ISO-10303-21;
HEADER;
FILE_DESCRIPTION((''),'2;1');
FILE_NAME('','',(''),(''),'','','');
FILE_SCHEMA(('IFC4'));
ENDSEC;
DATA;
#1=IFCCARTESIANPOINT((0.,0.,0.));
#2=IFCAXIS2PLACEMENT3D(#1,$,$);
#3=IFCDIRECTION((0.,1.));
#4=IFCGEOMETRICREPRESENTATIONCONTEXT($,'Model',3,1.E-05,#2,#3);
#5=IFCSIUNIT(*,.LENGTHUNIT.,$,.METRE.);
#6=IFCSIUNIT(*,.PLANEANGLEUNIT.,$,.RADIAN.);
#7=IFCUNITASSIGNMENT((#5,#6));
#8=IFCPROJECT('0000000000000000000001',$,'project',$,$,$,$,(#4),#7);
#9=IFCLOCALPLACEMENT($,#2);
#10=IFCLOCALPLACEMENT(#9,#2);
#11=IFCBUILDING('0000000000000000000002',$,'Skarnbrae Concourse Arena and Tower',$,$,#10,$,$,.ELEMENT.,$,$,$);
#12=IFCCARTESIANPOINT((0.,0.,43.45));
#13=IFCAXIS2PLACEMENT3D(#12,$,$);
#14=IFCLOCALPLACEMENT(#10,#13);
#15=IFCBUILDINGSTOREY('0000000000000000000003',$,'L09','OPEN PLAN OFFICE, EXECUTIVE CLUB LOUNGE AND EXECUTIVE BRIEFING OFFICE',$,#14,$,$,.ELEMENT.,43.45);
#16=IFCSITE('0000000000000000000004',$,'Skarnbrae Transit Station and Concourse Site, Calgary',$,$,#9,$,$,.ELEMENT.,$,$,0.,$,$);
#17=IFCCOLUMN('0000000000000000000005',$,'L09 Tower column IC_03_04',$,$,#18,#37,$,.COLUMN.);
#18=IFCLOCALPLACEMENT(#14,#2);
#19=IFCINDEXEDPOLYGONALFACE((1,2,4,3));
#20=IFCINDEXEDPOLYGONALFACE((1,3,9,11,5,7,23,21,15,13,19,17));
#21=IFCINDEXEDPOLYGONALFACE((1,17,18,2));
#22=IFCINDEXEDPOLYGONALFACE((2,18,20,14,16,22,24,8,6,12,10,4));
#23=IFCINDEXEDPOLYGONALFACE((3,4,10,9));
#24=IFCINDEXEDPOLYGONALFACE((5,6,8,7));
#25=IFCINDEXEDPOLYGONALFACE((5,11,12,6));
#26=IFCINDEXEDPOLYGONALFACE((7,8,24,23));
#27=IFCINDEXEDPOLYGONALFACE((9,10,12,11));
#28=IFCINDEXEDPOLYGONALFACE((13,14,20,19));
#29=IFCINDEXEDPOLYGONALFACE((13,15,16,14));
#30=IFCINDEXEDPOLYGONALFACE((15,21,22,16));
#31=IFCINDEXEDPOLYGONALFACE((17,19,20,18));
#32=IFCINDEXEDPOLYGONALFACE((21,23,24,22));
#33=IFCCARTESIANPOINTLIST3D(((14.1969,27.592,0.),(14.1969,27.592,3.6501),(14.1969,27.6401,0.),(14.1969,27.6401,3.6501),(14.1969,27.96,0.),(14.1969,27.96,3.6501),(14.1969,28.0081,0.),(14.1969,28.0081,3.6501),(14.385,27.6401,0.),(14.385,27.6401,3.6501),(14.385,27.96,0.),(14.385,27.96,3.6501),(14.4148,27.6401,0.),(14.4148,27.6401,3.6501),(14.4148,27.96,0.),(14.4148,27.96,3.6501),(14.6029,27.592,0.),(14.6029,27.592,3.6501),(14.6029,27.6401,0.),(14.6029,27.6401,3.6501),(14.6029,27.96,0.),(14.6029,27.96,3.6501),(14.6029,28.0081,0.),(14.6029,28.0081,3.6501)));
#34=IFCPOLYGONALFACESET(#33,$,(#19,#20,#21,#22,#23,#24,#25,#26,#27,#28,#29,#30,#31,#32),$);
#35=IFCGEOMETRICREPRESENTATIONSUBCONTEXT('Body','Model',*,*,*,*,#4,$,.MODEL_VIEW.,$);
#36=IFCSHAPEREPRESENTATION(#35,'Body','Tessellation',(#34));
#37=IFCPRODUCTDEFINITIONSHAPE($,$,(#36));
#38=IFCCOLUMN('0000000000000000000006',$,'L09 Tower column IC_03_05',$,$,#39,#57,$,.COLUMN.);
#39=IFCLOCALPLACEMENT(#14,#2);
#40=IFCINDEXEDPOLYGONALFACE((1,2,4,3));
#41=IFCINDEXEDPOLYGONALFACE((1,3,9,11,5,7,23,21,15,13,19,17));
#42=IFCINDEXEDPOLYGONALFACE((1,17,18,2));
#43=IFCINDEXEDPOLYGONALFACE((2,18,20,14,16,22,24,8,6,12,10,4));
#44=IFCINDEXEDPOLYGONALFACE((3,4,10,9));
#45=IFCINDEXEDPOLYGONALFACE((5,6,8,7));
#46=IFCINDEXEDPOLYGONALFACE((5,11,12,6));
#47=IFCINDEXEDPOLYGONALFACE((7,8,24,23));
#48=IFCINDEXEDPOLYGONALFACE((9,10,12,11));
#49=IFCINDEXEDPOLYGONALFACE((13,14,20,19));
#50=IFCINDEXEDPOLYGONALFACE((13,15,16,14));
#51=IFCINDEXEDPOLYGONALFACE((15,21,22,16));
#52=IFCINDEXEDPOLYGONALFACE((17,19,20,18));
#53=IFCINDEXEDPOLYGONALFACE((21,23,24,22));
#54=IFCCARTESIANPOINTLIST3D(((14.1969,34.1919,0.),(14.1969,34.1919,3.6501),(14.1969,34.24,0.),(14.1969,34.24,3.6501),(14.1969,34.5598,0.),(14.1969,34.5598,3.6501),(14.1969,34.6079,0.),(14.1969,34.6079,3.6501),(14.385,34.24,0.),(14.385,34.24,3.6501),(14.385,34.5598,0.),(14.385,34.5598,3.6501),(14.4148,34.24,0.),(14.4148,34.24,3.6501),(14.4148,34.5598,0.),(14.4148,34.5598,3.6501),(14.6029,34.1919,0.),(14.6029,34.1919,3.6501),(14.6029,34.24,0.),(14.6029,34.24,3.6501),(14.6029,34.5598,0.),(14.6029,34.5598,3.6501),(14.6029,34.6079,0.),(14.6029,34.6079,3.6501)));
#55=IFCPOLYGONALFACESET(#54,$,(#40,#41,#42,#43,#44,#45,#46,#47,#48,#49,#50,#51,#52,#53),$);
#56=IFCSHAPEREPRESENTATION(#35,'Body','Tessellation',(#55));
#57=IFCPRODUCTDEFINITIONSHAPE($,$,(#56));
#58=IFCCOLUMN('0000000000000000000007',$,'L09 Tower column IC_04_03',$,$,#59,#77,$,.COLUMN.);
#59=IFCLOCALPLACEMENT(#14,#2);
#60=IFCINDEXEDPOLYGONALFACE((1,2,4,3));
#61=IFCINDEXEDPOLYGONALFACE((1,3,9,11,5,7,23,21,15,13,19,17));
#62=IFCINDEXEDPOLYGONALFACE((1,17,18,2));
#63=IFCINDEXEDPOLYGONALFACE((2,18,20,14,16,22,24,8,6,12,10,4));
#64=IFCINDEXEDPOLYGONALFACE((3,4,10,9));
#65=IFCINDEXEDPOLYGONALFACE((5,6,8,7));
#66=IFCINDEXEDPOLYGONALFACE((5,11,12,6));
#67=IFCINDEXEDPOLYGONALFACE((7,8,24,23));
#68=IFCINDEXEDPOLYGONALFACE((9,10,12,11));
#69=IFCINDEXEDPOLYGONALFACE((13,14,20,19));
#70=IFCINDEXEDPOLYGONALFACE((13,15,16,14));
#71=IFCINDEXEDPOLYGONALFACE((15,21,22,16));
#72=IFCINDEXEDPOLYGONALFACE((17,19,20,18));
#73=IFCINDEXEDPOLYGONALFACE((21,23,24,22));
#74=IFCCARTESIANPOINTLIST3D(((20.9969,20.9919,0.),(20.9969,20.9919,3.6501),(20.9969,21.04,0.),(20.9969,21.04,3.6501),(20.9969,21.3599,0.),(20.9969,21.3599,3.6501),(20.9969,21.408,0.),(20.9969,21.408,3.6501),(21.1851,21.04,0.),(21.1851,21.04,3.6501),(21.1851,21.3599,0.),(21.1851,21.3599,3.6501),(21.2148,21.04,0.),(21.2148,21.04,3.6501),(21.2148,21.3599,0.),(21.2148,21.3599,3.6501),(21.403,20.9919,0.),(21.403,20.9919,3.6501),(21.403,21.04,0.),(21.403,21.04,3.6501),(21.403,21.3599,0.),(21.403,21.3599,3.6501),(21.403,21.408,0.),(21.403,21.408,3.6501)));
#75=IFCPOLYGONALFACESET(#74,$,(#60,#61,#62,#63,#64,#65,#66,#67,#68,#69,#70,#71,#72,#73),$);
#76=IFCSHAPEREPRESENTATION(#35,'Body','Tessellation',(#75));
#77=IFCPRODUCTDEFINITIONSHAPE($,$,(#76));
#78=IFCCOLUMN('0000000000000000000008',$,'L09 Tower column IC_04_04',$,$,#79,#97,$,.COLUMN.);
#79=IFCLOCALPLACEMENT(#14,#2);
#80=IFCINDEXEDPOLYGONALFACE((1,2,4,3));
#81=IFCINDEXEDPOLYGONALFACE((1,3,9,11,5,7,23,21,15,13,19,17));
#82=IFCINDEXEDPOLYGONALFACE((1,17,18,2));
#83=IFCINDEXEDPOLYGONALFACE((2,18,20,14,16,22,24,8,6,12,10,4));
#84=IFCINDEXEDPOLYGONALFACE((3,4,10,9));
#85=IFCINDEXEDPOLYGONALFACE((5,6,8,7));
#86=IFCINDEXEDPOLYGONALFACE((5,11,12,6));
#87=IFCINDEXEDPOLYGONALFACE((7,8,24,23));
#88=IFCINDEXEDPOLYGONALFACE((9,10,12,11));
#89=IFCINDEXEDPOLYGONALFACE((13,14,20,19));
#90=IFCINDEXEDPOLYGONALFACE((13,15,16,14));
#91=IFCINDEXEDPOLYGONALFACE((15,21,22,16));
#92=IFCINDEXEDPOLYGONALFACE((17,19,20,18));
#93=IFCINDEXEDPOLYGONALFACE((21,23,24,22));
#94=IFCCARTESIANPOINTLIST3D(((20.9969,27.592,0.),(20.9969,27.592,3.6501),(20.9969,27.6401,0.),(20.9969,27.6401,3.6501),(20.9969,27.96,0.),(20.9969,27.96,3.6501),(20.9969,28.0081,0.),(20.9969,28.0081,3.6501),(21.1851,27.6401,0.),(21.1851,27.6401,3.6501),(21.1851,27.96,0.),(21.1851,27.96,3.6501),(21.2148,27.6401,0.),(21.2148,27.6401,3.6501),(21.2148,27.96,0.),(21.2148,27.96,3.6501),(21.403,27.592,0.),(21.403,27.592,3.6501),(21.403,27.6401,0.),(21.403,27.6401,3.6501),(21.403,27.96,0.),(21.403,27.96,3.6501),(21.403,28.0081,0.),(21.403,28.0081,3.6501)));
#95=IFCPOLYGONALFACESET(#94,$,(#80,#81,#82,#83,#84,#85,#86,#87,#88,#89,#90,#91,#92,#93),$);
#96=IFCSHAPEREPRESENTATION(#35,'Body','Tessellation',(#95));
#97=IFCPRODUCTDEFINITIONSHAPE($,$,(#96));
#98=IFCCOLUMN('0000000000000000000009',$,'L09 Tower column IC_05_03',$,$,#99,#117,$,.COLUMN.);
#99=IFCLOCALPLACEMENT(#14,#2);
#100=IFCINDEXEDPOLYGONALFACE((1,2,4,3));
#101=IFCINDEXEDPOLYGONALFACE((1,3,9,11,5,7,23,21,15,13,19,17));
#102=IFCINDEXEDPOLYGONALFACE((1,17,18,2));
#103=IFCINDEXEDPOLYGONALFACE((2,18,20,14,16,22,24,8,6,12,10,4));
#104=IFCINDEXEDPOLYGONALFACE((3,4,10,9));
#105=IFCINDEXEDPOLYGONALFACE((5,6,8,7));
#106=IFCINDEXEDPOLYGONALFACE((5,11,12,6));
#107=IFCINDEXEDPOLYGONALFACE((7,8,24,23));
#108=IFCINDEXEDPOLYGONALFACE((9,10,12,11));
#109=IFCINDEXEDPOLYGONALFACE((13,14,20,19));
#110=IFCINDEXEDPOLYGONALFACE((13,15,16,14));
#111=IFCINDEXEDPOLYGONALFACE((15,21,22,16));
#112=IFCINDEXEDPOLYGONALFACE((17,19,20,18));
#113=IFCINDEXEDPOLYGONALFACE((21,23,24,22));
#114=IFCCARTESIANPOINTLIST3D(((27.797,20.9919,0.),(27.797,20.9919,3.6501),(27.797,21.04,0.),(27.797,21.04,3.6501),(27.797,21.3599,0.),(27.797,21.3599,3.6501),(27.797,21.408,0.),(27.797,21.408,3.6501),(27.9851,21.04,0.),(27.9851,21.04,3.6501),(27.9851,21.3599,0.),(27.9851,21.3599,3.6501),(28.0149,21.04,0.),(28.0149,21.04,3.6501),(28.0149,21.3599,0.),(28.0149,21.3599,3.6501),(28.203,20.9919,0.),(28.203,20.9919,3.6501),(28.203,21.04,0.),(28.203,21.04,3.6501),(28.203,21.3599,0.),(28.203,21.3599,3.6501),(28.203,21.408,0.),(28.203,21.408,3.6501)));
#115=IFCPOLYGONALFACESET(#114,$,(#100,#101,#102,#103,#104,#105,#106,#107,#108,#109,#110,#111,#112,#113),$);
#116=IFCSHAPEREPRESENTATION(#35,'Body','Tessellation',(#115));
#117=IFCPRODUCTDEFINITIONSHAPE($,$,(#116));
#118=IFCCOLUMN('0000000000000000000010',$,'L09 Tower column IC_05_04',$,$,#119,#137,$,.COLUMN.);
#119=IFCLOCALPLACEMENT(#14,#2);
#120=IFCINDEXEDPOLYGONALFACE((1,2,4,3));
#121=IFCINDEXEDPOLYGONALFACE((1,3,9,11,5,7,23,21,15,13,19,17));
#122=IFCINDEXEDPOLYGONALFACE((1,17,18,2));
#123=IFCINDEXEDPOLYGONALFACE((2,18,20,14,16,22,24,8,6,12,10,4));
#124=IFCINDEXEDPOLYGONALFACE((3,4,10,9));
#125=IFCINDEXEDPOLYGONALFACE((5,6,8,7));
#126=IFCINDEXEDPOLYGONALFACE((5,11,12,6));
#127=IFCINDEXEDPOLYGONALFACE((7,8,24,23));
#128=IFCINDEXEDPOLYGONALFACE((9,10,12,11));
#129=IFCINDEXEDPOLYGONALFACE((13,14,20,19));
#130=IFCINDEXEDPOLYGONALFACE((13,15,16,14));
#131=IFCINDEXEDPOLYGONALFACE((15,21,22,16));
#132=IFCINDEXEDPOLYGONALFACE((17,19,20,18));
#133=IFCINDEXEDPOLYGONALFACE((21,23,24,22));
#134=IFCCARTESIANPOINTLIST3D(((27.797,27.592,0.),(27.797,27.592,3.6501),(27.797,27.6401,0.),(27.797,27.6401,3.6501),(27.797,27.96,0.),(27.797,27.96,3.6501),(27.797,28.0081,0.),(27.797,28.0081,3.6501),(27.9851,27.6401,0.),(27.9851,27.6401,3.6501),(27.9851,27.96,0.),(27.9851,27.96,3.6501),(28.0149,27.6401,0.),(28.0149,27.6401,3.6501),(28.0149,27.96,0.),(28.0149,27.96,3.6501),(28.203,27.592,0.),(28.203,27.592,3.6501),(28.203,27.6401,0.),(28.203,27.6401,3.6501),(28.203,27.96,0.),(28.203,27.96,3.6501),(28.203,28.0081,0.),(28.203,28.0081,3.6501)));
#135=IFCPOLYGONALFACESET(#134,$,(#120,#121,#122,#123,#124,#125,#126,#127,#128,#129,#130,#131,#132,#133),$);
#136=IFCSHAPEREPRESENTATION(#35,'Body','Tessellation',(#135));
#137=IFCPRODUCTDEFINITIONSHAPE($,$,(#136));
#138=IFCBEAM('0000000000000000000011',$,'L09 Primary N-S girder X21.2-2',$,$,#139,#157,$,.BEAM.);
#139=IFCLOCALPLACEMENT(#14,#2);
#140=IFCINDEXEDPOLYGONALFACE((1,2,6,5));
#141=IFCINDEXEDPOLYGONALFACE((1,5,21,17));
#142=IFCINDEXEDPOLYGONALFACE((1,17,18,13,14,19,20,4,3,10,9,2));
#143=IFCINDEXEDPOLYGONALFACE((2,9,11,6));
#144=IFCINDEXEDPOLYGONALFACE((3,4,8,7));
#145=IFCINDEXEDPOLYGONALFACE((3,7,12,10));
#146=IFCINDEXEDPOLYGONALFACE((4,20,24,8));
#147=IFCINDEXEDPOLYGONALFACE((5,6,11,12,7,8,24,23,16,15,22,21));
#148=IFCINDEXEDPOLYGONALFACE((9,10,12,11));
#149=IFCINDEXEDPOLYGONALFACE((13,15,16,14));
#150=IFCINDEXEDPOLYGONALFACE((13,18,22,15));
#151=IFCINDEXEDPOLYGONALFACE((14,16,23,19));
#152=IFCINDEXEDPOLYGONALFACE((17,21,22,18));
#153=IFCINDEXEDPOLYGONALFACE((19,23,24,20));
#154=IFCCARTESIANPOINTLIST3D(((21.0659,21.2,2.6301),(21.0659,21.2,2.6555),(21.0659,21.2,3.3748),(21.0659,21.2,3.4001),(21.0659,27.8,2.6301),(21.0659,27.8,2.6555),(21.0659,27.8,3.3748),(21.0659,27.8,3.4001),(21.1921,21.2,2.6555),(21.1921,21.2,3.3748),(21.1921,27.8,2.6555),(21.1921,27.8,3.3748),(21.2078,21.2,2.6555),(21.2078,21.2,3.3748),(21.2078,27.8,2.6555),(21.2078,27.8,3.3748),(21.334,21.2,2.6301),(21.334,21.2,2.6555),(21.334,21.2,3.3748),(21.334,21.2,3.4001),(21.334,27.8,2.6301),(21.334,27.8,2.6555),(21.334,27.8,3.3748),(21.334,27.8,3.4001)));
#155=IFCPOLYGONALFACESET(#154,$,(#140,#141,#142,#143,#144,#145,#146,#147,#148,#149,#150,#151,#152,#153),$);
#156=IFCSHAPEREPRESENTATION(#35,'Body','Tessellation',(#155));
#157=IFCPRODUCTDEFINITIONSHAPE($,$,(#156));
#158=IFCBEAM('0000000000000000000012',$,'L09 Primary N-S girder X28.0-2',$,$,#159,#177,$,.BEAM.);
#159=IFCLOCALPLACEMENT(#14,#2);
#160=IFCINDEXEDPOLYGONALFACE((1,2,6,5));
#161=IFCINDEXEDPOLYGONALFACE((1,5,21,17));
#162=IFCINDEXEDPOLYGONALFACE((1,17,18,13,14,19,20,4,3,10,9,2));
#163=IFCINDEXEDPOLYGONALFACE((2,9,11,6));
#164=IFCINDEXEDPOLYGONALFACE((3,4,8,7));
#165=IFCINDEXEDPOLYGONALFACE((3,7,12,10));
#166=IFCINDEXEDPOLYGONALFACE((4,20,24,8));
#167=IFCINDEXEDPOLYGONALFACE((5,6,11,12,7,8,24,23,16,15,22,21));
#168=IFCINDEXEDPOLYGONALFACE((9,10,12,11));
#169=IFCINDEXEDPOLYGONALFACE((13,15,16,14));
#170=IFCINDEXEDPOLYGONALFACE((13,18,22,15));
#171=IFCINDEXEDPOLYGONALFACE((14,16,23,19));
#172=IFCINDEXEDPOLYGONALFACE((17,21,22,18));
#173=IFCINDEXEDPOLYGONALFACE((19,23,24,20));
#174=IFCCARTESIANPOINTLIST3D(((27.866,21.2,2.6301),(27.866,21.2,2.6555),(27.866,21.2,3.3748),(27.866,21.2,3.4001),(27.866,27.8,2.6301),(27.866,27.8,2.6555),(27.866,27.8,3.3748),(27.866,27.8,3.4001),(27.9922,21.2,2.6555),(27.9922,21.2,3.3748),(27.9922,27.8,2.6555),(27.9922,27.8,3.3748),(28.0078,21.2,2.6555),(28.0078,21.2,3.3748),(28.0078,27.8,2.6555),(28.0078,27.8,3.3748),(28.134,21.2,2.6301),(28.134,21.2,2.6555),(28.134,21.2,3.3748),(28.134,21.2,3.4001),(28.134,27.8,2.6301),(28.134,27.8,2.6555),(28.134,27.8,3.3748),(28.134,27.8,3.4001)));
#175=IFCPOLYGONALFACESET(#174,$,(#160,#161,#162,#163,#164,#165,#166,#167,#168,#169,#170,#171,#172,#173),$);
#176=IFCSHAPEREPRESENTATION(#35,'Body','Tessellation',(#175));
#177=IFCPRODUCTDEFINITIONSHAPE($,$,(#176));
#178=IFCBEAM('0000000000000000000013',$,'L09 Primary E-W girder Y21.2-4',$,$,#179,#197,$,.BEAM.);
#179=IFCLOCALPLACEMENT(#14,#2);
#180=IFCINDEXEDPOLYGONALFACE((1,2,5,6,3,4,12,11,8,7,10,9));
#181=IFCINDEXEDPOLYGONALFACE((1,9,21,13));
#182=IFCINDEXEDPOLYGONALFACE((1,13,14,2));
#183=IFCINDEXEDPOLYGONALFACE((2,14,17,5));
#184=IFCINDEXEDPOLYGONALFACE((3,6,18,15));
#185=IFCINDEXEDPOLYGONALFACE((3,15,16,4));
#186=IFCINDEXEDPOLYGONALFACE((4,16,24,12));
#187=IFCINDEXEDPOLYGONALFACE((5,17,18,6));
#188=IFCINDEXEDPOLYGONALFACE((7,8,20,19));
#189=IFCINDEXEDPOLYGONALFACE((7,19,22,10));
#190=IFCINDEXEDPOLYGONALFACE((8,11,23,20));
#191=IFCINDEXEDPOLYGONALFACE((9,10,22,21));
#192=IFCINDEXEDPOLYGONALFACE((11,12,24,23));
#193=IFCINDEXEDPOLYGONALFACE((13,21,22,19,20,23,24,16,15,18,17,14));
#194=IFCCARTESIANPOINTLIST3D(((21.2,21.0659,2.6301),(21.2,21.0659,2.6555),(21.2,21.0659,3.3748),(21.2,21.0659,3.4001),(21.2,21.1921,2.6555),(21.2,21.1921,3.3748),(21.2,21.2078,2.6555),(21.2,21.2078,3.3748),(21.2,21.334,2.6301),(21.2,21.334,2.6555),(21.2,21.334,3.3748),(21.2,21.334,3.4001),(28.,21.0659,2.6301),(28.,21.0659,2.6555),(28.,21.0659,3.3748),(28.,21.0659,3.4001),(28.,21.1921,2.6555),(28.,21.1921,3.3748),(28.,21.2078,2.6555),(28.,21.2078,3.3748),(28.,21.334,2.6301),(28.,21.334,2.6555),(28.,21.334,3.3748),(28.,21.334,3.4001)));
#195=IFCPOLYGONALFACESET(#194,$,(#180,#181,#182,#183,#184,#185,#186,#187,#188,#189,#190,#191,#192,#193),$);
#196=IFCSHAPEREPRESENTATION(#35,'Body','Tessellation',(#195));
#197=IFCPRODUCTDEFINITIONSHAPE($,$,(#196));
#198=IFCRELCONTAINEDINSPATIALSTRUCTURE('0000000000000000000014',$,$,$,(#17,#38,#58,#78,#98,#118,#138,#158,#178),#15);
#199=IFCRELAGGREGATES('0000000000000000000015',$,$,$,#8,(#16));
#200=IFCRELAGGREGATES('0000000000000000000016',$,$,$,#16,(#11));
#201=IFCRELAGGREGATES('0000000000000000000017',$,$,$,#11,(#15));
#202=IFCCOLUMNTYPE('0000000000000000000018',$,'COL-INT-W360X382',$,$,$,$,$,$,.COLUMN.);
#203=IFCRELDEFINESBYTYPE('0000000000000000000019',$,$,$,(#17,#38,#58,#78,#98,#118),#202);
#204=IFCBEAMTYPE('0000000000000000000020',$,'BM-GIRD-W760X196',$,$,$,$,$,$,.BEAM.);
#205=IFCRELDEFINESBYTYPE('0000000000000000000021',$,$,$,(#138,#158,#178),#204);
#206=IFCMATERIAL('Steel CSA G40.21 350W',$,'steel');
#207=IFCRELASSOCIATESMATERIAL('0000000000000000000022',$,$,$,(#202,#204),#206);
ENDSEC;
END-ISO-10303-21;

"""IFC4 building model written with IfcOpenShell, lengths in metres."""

from ifc_helpers import new_model, si_unit, direction, frame, origin, origin_2d, place, context, subcontext, project, spatial, i_section, extrude, source, transform, mapped, material, material_profile, profile_set, type_object, element, save


model = new_model("IFC4")

# Units and contexts
model_context = context("Model", 3, precision=1e-05, world=origin(), true_north=direction((0.0, 1.0)))
body_context = subcontext(model_context, "Body", "Model", "MODEL_VIEW")
ifc_project = project(units=[si_unit("LENGTHUNIT", "METRE"), si_unit("PLANEANGLEUNIT", "RADIAN")], contexts=[model_context])

# Site, building, storey
site_placement = place(None, origin())
site = spatial("IfcSite", under=ifc_project, at=site_placement, Name="Skarnbrae Transit Station and Concourse Site, Calgary", CompositionType="ELEMENT", RefElevation=0.0)
building_placement = place(site_placement, origin())
building = spatial("IfcBuilding", under=site, at=building_placement, Name="Skarnbrae Concourse Arena and Tower", CompositionType="ELEMENT")
storey_placement = place(building_placement, frame((0.0, 0.0, 43.45)))
storey = spatial("IfcBuildingStorey", under=building, at=storey_placement, Name="L09", Description="OPEN PLAN OFFICE, EXECUTIVE CLUB LOUNGE AND EXECUTIVE BRIEFING OFFICE", CompositionType="ELEMENT", Elevation=43.45)

# Columns
ifc_material = material(Name="Steel CSA G40.21 350W", Category="steel")
ifc_material_profile_1 = material_profile(ifc_material, i_section(OverallWidth=0.406, OverallDepth=0.416, WebThickness=0.0298, FlangeThickness=0.0481, at=origin_2d()), Name="W360X382")
ifc_profile_set_1 = profile_set([ifc_material_profile_1], Name="Steel CSA G40.21 350W")
column_type = type_object("IfcColumnType", Name="COL-INT-W360X382", PredefinedType="COLUMN", material=ifc_profile_set_1)
shared_shape_1 = source(origin(), body_context, "Body", "SweptSolid", [
    extrude(i_section(OverallWidth=0.406, OverallDepth=0.416, WebThickness=0.0298, FlangeThickness=0.0481, at=origin_2d()), origin(), (0.0, 0.0, 1.0), 3.6501),
])
for number, where, z_axis, x_axis, name in (
    (1, (14.3999, 27.8, 0.0), (0.0, 0.0, 1.0), (1.0, 0.0, 0.0), "L09 Tower column IC_03_04"),
    (2, (14.3999, 34.3999, 0.0), (0.0, 0.0, 1.0), (1.0, 0.0, 0.0), "L09 Tower column IC_03_05"),
    (3, (21.2, 21.2, 0.0), (0.0, 0.0, 1.0), (1.0, 0.0, 0.0), "L09 Tower column IC_04_03"),
    (4, (21.2, 27.8, 0.0), (0.0, 0.0, 1.0), (1.0, 0.0, 0.0), "L09 Tower column IC_04_04"),
    (5, (28.0, 21.2, 0.0), (0.0, 0.0, 1.0), (1.0, 0.0, 0.0), "L09 Tower column IC_05_03"),
    (6, (28.0, 27.8, 0.0), (0.0, 0.0, 1.0), (1.0, 0.0, 0.0), "L09 Tower column IC_05_04"),
):
    element("IfcColumn", number, at=place(storey_placement, frame(where, z_axis=z_axis, x_axis=x_axis)), inside=storey, type_object=column_type, Name=name, PredefinedType="COLUMN", context=body_context, shape_type="MappedRepresentation", body=[
        mapped(shared_shape_1, transform((0.0, 0.0, 0.0))),
    ])

# Beams
ifc_material_profile_2 = material_profile(ifc_material, i_section(OverallWidth=0.2681, OverallDepth=0.77, WebThickness=0.0156, FlangeThickness=0.0254, at=origin_2d()), Name="W760X196")
ifc_profile_set_2 = profile_set([ifc_material_profile_2], Name="Steel CSA G40.21 350W")
beam_type_1 = type_object("IfcBeamType", Name="BM-GIRD-W760X196", PredefinedType="BEAM", material=ifc_profile_set_2)
shared_shape_2 = source(origin(), body_context, "Body", "SweptSolid", [
    extrude(i_section(OverallWidth=0.2681, OverallDepth=0.77, WebThickness=0.0156, FlangeThickness=0.0254, at=origin_2d()), origin(), (0.0, 0.0, 1.0), 6.6001),
])
for number, where, z_axis, x_axis, name in (
    (7, (21.2, 21.2, 3.0151), (0.0, 1.0, 0.0), (-1.0, 0.0, 0.0), "L09 Primary N-S girder X21.2-2"),
    (8, (28.0, 21.2, 3.0151), (0.0, 1.0, 0.0), (-1.0, 0.0, 0.0), "L09 Primary N-S girder X28.0-2"),
):
    element("IfcBeam", number, at=place(storey_placement, frame(where, z_axis=z_axis, x_axis=x_axis)), inside=storey, type_object=beam_type_1, Name=name, PredefinedType="BEAM", context=body_context, shape_type="MappedRepresentation", body=[
        mapped(shared_shape_2, transform((0.0, 0.0, 0.0))),
    ])
shared_shape_3 = source(origin(), body_context, "Body", "SweptSolid", [
    extrude(i_section(OverallWidth=0.2681, OverallDepth=0.77, WebThickness=0.0156, FlangeThickness=0.0254, at=origin_2d()), origin(), (0.0, 0.0, 1.0), 6.8),
])
for number, where, z_axis, x_axis, name in (
    (9, (21.2, 21.2, 3.0151), (1.0, 0.0, 0.0), (0.0, 1.0, 0.0), "L09 Primary E-W girder Y21.2-4"),
):
    element("IfcBeam", number, at=place(storey_placement, frame(where, z_axis=z_axis, x_axis=x_axis)), inside=storey, type_object=beam_type_1, Name=name, PredefinedType="BEAM", context=body_context, shape_type="MappedRepresentation", body=[
        mapped(shared_shape_3, transform((0.0, 0.0, 0.0))),
    ])

save(model, "model.ifc")
